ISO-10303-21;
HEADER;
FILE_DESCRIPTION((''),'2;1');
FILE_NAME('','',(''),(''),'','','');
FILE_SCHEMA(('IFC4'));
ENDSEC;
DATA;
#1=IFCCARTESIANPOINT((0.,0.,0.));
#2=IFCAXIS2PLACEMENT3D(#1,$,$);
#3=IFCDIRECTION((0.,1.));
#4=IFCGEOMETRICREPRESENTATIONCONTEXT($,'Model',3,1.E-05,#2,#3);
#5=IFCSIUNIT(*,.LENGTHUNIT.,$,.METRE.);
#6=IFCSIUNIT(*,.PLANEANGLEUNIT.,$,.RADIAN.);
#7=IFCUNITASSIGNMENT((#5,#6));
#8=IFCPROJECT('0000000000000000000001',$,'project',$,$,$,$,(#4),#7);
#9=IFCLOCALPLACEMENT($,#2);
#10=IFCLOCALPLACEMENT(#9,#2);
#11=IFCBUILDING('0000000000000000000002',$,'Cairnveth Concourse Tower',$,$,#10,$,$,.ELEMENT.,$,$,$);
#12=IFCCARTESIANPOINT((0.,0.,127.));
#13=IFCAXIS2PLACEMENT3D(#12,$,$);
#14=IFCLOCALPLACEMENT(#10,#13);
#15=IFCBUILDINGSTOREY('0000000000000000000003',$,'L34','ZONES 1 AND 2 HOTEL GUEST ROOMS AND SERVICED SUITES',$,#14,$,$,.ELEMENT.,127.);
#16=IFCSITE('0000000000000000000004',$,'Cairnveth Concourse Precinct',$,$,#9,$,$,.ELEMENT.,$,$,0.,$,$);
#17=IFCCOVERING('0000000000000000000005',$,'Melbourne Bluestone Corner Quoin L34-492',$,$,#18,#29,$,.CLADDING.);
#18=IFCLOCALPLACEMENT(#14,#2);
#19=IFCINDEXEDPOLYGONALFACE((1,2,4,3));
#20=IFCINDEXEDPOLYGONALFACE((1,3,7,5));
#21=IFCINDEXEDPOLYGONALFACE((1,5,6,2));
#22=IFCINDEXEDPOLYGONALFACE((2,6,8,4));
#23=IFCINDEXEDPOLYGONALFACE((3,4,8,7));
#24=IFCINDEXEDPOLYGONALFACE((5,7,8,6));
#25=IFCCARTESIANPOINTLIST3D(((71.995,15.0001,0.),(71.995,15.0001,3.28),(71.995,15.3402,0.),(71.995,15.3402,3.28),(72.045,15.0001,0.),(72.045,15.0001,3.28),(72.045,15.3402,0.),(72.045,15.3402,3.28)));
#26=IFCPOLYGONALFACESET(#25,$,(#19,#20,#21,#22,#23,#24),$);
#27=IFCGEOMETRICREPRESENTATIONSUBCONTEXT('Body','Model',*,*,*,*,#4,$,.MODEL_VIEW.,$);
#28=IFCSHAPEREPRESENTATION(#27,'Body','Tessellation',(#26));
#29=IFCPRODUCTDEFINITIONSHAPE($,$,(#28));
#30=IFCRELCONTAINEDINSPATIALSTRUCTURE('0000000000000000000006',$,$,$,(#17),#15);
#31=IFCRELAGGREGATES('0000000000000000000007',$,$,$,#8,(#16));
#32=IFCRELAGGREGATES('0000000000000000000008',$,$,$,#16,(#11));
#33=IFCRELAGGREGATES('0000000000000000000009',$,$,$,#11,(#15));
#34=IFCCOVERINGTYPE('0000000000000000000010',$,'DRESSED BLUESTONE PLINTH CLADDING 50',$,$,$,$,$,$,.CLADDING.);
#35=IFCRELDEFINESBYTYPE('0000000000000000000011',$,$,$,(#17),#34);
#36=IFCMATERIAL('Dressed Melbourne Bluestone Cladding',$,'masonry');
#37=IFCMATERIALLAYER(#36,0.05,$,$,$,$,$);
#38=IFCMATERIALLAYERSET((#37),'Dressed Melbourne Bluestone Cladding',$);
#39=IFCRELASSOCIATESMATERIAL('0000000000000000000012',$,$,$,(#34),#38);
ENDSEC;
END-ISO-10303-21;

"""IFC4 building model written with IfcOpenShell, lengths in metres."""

from ifc_helpers import new_model, si_unit, direction, frame, frame_2d, origin, place, context, subcontext, project, spatial, rectangle, extrude, material, layer, layer_set, type_object, element, save


model = new_model("IFC4")

# Units and contexts
model_context = context("Model", 3, precision=1e-05, world=origin(), true_north=direction((0.0, 1.0)))
body_context = subcontext(model_context, "Body", "Model", "MODEL_VIEW")
ifc_project = project(units=[si_unit("LENGTHUNIT", "METRE"), si_unit("PLANEANGLEUNIT", "RADIAN")], contexts=[model_context])

# Site, building, storey
site_placement = place(None, origin())
site = spatial("IfcSite", under=ifc_project, at=site_placement, Name="Cairnveth Concourse Precinct", CompositionType="ELEMENT", RefElevation=0.0)
building_placement = place(site_placement, origin())
building = spatial("IfcBuilding", under=site, at=building_placement, Name="Cairnveth Concourse Tower", CompositionType="ELEMENT")
storey_placement = place(building_placement, frame((0.0, 0.0, 127.0)))
storey = spatial("IfcBuildingStorey", under=building, at=storey_placement, Name="L34", Description="ZONES 1 AND 2 HOTEL GUEST ROOMS AND SERVICED SUITES", CompositionType="ELEMENT", Elevation=127.0)

# Covering
ifc_material_1 = material(Name="Dressed Melbourne Bluestone Cladding", Category="masonry")
ifc_layer_1 = layer(ifc_material_1, 0.05)
ifc_layer_set_1 = layer_set([ifc_layer_1], Name="Dressed Melbourne Bluestone Cladding")
covering_type = type_object("IfcCoveringType", Name="DRESSED BLUESTONE PLINTH CLADDING 50", PredefinedType="CLADDING", material=ifc_layer_set_1)
covering_placement = place(storey_placement, frame((72.02, 15.3401, 0.0), z_axis=(0.0, 0.0, 1.0), x_axis=(0.0, -1.0, 0.0)))
element("IfcCovering", 1, at=covering_placement, inside=storey, type_object=covering_type, Name="Melbourne Bluestone Corner Quoin L34-492", PredefinedType="CLADDING", context=body_context, shape_type="SweptSolid", body=[
    extrude(rectangle(XDim=0.3401, YDim=0.05, at=frame_2d((0.1699, 0.0))), origin(), (0.0, 0.0, 1.0), 3.28),
])

save(model, "model.ifc")
